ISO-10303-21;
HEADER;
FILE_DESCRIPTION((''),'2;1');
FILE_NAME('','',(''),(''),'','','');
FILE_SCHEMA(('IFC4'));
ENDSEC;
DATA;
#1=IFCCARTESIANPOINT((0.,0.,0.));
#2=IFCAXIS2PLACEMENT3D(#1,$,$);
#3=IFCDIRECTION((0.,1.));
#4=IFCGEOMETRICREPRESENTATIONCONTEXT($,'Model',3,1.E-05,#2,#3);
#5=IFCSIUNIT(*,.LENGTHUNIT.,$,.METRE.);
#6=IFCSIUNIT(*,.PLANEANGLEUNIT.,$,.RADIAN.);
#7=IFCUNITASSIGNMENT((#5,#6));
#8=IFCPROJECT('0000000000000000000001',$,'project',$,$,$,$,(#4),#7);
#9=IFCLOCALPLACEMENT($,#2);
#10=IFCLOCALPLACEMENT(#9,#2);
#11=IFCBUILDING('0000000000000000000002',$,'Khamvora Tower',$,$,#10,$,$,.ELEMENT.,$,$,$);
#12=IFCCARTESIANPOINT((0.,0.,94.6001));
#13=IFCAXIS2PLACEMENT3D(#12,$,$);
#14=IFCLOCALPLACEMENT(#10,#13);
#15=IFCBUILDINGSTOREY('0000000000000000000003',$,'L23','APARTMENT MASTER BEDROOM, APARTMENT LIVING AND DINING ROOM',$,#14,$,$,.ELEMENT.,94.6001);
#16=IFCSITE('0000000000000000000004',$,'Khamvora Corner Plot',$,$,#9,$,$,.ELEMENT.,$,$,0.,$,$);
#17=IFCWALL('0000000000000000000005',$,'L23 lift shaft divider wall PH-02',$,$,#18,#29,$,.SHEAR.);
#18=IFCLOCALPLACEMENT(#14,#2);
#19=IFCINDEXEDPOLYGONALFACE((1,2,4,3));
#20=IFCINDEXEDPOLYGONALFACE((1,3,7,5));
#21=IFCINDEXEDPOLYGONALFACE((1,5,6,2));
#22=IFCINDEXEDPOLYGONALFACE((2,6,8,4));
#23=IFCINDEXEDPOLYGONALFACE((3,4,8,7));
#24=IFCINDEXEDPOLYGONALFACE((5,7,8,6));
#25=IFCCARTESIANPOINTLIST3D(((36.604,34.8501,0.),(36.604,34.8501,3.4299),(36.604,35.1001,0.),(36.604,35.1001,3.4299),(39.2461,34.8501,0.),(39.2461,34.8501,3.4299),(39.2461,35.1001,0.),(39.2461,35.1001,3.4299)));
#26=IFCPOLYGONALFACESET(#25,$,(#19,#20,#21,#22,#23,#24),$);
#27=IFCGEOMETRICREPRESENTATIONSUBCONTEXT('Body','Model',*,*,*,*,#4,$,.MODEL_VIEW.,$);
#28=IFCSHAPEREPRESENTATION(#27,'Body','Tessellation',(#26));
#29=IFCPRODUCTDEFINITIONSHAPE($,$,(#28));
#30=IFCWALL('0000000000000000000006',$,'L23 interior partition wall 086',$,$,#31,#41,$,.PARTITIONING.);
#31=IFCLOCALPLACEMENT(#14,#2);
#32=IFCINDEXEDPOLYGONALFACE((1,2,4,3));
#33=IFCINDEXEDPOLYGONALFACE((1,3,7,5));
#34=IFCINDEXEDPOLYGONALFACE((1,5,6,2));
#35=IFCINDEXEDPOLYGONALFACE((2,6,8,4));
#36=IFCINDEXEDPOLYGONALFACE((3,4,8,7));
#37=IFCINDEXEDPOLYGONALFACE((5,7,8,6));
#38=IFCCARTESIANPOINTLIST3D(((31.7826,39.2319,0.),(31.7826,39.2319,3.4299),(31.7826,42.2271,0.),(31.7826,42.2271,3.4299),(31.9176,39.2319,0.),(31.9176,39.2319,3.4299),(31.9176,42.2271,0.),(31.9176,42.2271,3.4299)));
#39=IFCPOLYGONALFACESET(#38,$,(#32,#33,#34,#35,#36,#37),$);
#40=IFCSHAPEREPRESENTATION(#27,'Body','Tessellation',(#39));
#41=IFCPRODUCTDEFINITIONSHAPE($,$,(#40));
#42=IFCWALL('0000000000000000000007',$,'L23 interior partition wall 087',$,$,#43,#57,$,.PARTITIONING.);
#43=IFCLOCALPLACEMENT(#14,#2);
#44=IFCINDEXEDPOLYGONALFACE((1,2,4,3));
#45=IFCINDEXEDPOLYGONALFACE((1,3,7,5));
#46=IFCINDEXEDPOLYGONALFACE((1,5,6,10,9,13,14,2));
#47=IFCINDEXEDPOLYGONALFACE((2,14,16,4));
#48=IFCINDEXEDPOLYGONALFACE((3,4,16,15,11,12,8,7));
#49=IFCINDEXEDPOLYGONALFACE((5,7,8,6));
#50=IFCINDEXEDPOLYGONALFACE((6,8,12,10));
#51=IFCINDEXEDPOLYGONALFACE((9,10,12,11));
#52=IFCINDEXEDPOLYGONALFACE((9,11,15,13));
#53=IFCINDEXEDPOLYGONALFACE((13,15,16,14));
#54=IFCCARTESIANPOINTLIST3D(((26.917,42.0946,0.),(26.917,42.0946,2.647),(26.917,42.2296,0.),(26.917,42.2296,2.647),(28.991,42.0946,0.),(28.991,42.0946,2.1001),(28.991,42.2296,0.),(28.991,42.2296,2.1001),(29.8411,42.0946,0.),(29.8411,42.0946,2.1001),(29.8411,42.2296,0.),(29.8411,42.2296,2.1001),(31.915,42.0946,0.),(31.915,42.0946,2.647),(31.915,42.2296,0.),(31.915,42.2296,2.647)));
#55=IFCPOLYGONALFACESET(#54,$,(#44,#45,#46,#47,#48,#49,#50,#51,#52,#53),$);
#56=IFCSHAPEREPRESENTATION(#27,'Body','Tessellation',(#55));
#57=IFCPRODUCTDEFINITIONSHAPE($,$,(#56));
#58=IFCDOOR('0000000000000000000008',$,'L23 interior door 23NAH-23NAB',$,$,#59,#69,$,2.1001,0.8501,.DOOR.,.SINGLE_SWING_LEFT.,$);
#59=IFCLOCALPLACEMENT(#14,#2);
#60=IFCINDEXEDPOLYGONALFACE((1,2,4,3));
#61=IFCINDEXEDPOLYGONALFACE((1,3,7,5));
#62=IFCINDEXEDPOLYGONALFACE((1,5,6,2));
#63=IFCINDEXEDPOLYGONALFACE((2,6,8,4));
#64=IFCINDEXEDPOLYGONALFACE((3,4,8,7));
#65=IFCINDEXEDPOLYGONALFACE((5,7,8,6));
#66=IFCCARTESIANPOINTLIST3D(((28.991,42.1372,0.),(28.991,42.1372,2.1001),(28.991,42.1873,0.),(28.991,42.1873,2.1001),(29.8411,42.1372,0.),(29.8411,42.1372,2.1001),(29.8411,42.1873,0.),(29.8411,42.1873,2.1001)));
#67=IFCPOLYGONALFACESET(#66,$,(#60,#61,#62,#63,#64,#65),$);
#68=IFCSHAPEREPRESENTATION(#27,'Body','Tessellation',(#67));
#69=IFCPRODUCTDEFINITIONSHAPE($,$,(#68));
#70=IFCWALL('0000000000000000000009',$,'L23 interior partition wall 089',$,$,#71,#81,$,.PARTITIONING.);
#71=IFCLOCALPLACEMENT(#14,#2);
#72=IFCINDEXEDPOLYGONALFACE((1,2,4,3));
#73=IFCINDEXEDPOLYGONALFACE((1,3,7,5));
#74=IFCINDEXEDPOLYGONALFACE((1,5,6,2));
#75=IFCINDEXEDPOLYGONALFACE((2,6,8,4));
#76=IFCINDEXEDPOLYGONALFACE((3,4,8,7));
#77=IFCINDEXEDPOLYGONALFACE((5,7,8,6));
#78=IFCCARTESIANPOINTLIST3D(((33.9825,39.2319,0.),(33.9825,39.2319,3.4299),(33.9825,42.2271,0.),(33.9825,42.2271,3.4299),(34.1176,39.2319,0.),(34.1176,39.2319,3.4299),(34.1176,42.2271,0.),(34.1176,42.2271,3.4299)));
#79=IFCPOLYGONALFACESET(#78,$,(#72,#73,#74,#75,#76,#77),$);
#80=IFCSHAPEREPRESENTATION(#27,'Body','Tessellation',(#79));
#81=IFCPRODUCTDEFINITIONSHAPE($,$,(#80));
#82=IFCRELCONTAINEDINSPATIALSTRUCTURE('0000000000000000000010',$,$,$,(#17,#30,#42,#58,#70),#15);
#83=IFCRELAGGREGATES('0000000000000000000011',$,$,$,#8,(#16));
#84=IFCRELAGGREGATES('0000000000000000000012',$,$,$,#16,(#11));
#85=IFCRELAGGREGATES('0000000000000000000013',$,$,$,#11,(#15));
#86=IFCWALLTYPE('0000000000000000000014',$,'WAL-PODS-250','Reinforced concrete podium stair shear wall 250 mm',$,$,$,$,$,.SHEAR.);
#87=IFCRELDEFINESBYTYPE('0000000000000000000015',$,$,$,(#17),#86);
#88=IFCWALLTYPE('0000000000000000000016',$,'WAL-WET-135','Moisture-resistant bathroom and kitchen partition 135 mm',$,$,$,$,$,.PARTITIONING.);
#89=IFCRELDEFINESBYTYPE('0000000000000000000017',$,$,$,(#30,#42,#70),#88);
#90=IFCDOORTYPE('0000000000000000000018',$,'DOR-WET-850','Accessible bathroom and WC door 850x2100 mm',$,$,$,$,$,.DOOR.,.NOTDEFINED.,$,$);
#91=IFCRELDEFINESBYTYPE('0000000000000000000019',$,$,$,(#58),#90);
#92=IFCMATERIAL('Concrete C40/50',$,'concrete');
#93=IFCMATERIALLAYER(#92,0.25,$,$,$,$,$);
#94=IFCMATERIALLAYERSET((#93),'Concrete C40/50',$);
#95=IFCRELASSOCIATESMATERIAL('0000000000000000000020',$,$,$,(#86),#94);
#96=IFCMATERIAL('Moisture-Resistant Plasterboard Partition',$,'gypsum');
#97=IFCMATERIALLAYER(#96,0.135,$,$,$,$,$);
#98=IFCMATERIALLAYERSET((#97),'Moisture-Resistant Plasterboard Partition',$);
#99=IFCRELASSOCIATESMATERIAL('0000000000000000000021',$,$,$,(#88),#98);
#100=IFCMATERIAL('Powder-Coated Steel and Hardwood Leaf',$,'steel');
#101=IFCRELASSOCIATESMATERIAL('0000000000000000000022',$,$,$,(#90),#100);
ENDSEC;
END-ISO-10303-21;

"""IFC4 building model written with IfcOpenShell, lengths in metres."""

from ifc_helpers import new_model, si_unit, direction, frame, frame_2d, origin, place, context, subcontext, project, spatial, rectangle, extrude, material, layer, layer_set, type_object, element, fill, save


model = new_model("IFC4")

# Units and contexts
model_context = context("Model", 3, precision=1e-05, world=origin(), true_north=direction((0.0, 1.0)))
body_context = subcontext(model_context, "Body", "Model", "MODEL_VIEW")
ifc_project = project(units=[si_unit("LENGTHUNIT", "METRE"), si_unit("PLANEANGLEUNIT", "RADIAN")], contexts=[model_context])

# Site, building, storey
site_placement = place(None, origin())
site = spatial("IfcSite", under=ifc_project, at=site_placement, Name="Khamvora Corner Plot", CompositionType="ELEMENT", RefElevation=0.0)
building_placement = place(site_placement, origin())
building = spatial("IfcBuilding", under=site, at=building_placement, Name="Khamvora Tower", CompositionType="ELEMENT")
storey_placement = place(building_placement, frame((0.0, 0.0, 94.6001)))
storey = spatial("IfcBuildingStorey", under=building, at=storey_placement, Name="L23", Description="APARTMENT MASTER BEDROOM, APARTMENT LIVING AND DINING ROOM", CompositionType="ELEMENT", Elevation=94.6001)

# Shared definitions
ifc_material_1 = material(Name="Powder-Coated Steel and Hardwood Leaf", Category="steel")

# Walls
ifc_material_2 = material(Name="Concrete C40/50", Category="concrete")
ifc_layer_1 = layer(ifc_material_2, 0.25)
ifc_layer_set_1 = layer_set([ifc_layer_1], Name="Concrete C40/50")
wall_type_1 = type_object("IfcWallType", Name="WAL-PODS-250", Description="Reinforced concrete podium stair shear wall 250 mm", PredefinedType="SHEAR", material=ifc_layer_set_1)
wall_1_placement = place(storey_placement, frame((36.604, 34.9751, 0.0), z_axis=(0.0, 0.0, 1.0), x_axis=(1.0, 0.0, 0.0)))
element("IfcWall", 1, at=wall_1_placement, inside=storey, type_object=wall_type_1, Name="L23 lift shaft divider wall PH-02", PredefinedType="SHEAR", context=body_context, shape_type="SweptSolid", body=[
    extrude(rectangle(XDim=2.6421, YDim=0.25, at=frame_2d((1.321, 0.0))), origin(), (0.0, 0.0, 1.0), 3.4299),
])
ifc_material_3 = material(Name="Moisture-Resistant Plasterboard Partition", Category="gypsum")
ifc_layer_2 = layer(ifc_material_3, 0.135)
ifc_layer_set_2 = layer_set([ifc_layer_2], Name="Moisture-Resistant Plasterboard Partition")
wall_type_2 = type_object("IfcWallType", Name="WAL-WET-135", Description="Moisture-resistant bathroom and kitchen partition 135 mm", PredefinedType="PARTITIONING", material=ifc_layer_set_2)
wall_2_placement = place(storey_placement, frame((31.8501, 39.2319, 0.0), z_axis=(0.0, 0.0, 1.0), x_axis=(0.0, 1.0, 0.0)))
element("IfcWall", 2, at=wall_2_placement, inside=storey, type_object=wall_type_2, Name="L23 interior partition wall 086", PredefinedType="PARTITIONING", context=body_context, shape_type="SweptSolid", body=[
    extrude(rectangle(XDim=2.9951, YDim=0.135, at=frame_2d((1.4976, 0.0))), origin(), (0.0, 0.0, 1.0), 3.4299),
])

# Wall, opening, door
wall_3_placement = place(storey_placement, frame((31.915, 42.1621, 0.0), z_axis=(0.0, 0.0, 1.0), x_axis=(-1.0, 0.0, 0.0)))
wall_3 = element("IfcWall", 3, at=wall_3_placement, inside=storey, type_object=wall_type_2, Name="L23 interior partition wall 087", PredefinedType="PARTITIONING", context=body_context, shape_type="SweptSolid", body=[
    extrude(rectangle(XDim=4.998, YDim=0.135, at=frame_2d((2.499, 0.0))), origin(), (0.0, 0.0, 1.0), 2.647),
])
opening_1_placement = place(wall_3_placement, frame((2.074, 0.0, 0.0)))
opening_1 = element("IfcOpeningElement", 4, at=opening_1_placement, cuts=wall_3, PredefinedType="OPENING", context=body_context, shape_type="SweptSolid", body=[
    extrude(rectangle(XDim=0.8501, YDim=2.1001, at=frame_2d((0.425, 1.05))), frame((0.0, 0.0774, 0.0), z_axis=(0.0, -1.0, 0.0), x_axis=(1.0, 0.0, 0.0)), (0.0, 0.0, 1.0), 0.155),
])
door_type_1 = type_object("IfcDoorType", Name="DOR-WET-850", Description="Accessible bathroom and WC door 850x2100 mm", OperationType="NOTDEFINED", PredefinedType="DOOR", material=ifc_material_1)
door_1_placement = place(opening_1_placement, origin())
door_1 = element("IfcDoor", 5, at=door_1_placement, inside=storey, type_object=door_type_1, Name="L23 interior door 23NAH-23NAB", OperationType="SINGLE_SWING_LEFT", OverallHeight=2.1001, OverallWidth=0.8501, PredefinedType="DOOR", context=body_context, shape_type="SweptSolid", body=[
    extrude(rectangle(XDim=0.8501, YDim=2.1001, at=frame_2d((0.425, 1.05))), frame((0.0, 0.0249, 0.0), z_axis=(0.0, -1.0, 0.0), x_axis=(1.0, 0.0, 0.0)), (0.0, 0.0, 1.0), 0.05),
])
fill(opening_1, door_1)

# Wall
wall_4_placement = place(storey_placement, frame((34.05, 42.2271, 0.0), z_axis=(0.0, 0.0, 1.0), x_axis=(0.0, -1.0, 0.0)))
element("IfcWall", 6, at=wall_4_placement, inside=storey, type_object=wall_type_2, Name="L23 interior partition wall 089", PredefinedType="PARTITIONING", context=body_context, shape_type="SweptSolid", body=[
    extrude(rectangle(XDim=2.9951, YDim=0.135, at=frame_2d((1.4976, 0.0))), origin(), (0.0, 0.0, 1.0), 3.4299),
])

save(model, "model.ifc")
